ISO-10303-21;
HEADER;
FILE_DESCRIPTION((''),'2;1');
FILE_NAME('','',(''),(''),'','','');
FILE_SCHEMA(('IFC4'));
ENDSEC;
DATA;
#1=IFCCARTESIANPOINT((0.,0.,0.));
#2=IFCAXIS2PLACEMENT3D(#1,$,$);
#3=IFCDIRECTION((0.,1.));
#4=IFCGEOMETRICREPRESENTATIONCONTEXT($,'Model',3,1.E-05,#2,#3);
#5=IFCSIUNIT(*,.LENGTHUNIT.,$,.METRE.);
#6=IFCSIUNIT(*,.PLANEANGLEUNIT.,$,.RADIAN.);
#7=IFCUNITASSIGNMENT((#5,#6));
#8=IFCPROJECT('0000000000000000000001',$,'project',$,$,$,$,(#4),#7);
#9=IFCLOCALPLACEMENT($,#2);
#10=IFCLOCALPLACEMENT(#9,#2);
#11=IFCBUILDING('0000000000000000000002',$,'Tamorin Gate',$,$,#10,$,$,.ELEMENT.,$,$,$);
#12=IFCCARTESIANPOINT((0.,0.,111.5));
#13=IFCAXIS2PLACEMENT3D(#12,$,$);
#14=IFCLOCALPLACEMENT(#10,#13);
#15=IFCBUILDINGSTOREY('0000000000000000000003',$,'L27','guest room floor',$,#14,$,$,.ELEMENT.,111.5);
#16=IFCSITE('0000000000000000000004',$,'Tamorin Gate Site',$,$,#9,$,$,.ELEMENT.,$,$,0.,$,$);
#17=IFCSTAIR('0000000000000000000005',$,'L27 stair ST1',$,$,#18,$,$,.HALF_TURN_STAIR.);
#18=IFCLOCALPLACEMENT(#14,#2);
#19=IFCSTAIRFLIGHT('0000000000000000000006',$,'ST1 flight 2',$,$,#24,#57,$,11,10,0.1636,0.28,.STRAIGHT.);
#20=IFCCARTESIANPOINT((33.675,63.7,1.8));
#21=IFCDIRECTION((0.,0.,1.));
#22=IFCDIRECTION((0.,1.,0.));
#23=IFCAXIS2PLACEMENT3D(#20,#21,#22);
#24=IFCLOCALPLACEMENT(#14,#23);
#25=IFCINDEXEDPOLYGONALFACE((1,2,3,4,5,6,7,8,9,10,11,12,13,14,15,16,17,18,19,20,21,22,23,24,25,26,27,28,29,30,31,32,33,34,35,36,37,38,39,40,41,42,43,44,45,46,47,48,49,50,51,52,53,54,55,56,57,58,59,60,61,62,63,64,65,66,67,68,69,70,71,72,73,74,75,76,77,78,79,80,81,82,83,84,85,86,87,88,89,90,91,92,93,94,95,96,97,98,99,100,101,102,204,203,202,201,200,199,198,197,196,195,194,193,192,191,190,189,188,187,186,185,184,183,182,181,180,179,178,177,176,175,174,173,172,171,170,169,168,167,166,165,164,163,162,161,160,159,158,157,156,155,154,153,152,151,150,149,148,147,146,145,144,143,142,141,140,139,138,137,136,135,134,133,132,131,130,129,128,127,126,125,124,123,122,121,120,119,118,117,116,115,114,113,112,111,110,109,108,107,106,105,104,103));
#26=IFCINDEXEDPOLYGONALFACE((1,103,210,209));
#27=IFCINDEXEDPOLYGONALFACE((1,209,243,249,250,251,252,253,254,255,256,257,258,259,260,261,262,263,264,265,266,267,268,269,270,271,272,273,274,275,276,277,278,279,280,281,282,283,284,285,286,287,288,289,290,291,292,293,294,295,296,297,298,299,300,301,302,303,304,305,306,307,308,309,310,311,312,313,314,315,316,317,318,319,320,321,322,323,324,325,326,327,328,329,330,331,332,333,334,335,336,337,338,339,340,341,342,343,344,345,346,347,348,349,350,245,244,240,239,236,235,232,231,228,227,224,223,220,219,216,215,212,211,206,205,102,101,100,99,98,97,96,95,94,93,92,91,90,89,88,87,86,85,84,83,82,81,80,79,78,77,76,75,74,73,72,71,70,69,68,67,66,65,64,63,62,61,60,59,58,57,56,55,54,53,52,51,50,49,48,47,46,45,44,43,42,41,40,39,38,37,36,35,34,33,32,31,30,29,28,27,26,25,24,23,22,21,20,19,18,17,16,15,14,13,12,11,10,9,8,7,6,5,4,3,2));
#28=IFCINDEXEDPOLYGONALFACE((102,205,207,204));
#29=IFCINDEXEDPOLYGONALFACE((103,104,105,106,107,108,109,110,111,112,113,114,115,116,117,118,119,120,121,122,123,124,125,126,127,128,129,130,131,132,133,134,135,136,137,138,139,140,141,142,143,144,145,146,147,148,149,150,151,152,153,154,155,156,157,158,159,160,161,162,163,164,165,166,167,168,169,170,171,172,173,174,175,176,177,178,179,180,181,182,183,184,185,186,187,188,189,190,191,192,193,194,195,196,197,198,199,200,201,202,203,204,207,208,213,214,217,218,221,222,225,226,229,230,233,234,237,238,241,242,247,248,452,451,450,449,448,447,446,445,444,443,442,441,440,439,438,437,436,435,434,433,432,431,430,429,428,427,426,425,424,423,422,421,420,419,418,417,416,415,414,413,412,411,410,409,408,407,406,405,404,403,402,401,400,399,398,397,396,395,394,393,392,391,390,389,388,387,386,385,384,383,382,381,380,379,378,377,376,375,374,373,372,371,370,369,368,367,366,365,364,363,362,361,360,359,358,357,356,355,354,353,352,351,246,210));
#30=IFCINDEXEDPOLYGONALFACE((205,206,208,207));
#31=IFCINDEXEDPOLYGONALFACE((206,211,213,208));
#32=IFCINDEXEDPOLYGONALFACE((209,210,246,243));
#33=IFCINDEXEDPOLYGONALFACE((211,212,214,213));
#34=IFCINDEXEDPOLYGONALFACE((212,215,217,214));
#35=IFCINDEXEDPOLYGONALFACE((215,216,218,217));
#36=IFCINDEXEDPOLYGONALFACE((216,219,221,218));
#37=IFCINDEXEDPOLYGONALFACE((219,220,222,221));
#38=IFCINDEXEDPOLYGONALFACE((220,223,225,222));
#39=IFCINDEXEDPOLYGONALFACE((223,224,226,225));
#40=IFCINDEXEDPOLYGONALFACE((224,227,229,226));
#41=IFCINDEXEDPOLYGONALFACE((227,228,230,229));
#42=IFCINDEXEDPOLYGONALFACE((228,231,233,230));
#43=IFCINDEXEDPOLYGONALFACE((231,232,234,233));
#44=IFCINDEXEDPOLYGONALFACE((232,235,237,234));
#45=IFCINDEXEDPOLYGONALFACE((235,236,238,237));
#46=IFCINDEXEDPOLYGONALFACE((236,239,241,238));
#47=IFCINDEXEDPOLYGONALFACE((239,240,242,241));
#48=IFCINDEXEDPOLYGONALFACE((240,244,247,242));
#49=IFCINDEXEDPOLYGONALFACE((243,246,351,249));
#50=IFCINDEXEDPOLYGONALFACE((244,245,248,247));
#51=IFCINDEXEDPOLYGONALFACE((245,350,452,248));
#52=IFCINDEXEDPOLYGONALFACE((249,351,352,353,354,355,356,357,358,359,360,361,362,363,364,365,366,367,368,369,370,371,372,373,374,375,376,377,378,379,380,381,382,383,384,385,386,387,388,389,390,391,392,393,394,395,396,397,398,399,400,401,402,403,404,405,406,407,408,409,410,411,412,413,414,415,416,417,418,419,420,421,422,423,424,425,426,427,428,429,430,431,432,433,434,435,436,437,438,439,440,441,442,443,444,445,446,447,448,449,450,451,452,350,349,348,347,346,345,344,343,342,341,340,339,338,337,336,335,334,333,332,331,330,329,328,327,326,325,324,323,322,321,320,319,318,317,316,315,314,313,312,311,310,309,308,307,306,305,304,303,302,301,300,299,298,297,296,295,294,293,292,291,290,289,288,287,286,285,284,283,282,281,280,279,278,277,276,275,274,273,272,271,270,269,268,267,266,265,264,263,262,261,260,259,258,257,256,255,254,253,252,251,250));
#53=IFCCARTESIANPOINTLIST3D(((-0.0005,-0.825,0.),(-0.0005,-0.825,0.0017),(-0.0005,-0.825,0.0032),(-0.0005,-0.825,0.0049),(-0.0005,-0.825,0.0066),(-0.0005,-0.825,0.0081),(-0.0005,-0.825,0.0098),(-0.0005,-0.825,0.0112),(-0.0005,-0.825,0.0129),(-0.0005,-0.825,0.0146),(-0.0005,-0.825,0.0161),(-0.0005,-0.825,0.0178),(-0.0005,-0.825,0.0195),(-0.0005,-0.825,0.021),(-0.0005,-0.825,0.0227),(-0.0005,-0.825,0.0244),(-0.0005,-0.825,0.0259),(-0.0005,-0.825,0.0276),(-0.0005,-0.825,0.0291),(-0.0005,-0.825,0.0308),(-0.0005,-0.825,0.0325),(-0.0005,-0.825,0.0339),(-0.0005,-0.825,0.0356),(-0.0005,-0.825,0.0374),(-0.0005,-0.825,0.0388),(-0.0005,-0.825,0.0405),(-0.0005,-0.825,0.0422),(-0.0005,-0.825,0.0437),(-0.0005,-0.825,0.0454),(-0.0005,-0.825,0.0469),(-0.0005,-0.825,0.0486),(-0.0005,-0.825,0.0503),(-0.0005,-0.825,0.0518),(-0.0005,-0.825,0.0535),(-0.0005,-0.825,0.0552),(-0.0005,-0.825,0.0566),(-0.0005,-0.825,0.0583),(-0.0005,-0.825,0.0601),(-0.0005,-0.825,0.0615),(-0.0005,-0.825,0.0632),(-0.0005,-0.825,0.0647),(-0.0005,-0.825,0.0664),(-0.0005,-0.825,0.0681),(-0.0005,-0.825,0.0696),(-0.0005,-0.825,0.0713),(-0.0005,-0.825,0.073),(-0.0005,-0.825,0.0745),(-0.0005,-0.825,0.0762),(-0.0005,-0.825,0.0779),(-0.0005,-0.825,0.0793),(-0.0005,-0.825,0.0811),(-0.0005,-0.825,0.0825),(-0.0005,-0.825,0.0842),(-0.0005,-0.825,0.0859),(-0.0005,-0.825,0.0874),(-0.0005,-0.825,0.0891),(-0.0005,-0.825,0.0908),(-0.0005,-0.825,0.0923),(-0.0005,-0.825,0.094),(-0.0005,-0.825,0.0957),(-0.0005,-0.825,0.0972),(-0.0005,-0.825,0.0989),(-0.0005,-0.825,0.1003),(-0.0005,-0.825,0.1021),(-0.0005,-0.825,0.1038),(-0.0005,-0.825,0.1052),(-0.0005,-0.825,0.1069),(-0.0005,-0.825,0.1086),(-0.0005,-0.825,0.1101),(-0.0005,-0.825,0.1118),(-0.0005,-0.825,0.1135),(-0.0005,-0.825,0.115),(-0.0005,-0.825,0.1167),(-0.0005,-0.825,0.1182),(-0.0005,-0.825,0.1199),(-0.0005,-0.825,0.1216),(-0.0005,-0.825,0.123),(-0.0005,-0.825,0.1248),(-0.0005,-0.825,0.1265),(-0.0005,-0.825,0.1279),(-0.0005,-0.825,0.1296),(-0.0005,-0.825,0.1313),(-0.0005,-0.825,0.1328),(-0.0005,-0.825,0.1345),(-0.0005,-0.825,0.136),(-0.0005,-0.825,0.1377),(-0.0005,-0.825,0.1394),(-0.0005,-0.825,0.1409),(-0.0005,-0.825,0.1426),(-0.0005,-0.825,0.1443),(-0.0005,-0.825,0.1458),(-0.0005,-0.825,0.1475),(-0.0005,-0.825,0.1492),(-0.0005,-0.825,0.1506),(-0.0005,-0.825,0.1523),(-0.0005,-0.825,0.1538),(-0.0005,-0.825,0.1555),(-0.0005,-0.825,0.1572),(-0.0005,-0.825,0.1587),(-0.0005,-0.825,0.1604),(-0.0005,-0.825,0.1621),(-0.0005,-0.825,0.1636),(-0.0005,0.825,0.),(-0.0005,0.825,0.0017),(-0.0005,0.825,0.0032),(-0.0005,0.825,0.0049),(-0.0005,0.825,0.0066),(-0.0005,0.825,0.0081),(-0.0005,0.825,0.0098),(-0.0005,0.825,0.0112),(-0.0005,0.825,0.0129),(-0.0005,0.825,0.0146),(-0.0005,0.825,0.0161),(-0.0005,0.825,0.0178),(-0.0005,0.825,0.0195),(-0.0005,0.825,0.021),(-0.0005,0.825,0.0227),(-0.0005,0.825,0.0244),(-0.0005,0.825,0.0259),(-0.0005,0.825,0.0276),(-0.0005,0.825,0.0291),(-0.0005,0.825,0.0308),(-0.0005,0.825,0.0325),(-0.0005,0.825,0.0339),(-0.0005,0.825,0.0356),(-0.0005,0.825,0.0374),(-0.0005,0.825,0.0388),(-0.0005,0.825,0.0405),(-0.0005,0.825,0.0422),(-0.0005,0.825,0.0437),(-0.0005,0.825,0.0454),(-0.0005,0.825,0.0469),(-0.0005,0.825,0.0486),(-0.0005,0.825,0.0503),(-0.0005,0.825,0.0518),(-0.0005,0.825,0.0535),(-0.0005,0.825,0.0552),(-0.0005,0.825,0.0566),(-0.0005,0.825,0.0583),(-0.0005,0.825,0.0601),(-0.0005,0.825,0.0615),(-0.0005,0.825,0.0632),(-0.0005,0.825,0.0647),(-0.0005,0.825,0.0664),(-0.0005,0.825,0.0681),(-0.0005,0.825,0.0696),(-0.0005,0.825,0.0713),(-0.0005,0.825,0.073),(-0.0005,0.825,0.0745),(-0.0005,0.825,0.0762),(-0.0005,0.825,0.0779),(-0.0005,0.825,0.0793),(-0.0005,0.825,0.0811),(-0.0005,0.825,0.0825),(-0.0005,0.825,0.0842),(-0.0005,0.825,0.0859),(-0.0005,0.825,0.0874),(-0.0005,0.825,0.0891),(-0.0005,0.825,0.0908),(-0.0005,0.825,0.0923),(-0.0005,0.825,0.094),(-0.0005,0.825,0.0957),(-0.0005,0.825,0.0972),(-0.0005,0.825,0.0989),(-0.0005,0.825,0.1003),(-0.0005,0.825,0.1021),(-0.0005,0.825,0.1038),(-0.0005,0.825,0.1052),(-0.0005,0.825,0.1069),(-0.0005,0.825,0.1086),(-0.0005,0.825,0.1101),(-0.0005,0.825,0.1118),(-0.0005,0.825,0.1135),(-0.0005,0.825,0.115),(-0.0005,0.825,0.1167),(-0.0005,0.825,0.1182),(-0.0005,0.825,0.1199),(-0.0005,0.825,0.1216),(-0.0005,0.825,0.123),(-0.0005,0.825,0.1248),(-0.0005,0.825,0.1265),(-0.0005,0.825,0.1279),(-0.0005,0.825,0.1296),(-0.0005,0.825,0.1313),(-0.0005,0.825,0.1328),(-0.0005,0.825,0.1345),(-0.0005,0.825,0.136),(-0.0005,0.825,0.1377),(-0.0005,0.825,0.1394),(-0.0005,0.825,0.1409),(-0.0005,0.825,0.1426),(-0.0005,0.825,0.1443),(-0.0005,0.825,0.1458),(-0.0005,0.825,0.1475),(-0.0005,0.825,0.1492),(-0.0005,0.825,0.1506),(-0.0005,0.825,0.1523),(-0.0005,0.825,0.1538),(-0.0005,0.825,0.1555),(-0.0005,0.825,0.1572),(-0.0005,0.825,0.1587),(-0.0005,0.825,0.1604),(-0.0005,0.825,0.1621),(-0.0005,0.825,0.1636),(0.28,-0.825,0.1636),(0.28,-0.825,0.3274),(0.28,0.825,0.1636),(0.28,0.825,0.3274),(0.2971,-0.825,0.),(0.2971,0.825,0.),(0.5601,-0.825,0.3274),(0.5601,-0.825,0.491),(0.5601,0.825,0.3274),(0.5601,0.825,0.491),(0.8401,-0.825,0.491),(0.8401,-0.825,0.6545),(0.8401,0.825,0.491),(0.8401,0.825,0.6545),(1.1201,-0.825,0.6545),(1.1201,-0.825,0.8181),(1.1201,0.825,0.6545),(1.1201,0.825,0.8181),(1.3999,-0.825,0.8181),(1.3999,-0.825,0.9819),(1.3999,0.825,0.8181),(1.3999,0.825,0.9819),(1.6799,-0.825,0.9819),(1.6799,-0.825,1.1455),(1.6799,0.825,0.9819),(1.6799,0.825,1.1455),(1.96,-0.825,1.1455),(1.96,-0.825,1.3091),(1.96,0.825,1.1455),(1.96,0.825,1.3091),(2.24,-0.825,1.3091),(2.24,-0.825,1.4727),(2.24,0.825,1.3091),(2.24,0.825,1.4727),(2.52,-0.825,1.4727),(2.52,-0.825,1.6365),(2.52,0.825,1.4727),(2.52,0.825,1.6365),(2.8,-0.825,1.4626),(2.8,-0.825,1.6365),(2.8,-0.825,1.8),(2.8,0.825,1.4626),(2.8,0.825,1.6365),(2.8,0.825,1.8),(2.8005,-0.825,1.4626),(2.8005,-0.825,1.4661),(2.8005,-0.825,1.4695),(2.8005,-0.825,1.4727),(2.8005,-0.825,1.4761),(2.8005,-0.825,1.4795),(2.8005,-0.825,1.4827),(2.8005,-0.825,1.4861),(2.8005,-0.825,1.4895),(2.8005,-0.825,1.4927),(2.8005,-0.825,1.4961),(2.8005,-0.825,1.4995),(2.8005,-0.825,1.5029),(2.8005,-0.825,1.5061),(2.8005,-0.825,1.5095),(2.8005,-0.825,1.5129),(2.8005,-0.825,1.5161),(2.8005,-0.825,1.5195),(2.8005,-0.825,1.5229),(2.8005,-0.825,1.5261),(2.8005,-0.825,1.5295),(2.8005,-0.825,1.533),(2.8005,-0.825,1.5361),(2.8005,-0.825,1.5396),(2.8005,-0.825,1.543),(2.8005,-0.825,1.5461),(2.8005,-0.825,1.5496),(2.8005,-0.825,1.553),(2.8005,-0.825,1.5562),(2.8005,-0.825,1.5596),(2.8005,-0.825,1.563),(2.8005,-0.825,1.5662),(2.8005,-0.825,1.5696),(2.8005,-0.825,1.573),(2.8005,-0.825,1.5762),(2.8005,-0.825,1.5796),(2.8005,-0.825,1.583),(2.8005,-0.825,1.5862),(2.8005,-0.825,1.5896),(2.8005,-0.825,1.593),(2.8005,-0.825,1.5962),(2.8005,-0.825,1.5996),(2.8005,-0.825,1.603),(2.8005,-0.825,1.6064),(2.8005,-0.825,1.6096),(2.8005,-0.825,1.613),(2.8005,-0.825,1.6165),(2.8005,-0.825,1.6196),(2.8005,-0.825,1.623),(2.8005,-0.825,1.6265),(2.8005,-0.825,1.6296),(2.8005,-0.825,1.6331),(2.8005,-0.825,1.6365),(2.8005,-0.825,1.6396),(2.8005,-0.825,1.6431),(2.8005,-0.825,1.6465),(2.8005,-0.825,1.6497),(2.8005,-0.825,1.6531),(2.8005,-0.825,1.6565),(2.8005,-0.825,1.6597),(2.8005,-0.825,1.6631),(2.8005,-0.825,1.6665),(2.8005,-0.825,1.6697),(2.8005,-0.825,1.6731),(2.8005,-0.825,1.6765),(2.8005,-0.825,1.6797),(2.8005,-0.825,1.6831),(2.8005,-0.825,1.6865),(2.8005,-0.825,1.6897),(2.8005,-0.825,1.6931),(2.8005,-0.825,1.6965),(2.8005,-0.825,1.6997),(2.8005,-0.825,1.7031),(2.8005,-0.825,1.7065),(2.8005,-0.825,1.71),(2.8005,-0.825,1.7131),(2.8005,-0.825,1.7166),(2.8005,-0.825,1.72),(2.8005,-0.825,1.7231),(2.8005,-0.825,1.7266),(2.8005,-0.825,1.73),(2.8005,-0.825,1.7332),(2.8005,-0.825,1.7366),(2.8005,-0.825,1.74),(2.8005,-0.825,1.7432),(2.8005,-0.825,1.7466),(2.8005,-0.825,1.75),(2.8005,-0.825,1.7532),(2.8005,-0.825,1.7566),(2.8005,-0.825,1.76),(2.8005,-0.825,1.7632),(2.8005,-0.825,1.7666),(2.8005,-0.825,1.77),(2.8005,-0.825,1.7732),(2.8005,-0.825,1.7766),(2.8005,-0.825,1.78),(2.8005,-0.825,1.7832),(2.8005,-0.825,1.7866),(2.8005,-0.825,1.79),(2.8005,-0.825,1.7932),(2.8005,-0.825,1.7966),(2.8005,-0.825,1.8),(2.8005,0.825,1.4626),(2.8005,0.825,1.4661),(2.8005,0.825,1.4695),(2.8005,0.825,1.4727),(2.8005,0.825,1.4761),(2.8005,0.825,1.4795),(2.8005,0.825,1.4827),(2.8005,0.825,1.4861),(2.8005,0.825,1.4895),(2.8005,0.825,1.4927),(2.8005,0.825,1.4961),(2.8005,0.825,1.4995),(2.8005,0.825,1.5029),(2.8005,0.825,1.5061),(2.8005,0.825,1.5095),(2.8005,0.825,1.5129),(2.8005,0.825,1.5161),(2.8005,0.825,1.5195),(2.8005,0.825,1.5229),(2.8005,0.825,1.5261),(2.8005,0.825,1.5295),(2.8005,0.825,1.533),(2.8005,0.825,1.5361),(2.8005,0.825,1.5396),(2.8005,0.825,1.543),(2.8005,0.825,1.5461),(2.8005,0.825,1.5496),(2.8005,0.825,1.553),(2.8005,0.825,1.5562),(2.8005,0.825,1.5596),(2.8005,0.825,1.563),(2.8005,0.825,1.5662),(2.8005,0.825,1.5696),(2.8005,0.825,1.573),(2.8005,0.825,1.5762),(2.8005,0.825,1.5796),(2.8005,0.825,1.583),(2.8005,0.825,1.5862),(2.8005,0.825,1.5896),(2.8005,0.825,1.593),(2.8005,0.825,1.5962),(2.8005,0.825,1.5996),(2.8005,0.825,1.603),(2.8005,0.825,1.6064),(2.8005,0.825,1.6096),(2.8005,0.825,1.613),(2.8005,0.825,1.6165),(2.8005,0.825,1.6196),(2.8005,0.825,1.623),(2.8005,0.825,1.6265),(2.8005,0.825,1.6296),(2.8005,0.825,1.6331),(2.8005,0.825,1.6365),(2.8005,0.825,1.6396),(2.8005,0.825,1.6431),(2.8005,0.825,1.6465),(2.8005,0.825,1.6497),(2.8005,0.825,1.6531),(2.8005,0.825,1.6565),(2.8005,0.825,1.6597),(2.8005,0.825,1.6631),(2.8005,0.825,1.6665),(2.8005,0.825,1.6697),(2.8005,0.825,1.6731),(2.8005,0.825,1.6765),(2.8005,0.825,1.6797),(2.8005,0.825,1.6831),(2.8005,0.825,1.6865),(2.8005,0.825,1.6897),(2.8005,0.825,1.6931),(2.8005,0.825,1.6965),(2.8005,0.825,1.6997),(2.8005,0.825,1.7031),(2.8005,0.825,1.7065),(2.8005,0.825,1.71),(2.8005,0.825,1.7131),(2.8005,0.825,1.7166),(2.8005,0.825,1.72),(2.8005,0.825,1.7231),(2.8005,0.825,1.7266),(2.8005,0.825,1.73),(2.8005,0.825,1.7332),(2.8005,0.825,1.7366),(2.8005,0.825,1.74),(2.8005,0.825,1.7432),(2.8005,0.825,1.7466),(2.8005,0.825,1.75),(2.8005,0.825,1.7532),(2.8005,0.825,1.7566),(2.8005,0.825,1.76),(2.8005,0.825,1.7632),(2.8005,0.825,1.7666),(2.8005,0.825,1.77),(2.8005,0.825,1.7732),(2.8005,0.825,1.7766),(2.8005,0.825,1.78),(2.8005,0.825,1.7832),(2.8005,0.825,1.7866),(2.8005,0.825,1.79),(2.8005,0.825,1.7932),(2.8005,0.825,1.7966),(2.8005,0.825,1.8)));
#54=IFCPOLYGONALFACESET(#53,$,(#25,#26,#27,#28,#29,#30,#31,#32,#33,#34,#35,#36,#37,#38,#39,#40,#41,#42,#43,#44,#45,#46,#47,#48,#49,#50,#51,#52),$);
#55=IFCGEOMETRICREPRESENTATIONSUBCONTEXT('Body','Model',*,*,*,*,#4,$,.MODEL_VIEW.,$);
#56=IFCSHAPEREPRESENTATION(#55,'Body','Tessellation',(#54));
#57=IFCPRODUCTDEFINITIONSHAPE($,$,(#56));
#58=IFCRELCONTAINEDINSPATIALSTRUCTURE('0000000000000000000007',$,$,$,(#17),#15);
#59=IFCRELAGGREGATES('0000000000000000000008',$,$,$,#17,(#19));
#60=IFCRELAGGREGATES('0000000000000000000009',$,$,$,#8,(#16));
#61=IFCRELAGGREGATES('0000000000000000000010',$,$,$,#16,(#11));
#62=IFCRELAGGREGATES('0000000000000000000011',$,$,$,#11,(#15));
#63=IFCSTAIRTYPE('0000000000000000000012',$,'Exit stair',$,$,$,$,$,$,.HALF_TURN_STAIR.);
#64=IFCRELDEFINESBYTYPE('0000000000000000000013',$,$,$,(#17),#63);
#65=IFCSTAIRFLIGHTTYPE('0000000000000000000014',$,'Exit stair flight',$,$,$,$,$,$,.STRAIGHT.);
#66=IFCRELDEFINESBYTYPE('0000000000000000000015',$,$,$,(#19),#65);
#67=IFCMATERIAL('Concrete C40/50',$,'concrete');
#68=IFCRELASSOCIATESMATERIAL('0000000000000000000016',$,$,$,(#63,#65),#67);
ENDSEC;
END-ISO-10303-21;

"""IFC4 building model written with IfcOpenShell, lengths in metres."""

from ifc_helpers import new_model, si_unit, direction, frame, origin, place, context, subcontext, project, spatial, polyline, outline, extrude, material, type_object, element, aggregate, save


model = new_model("IFC4")

# Units and contexts
model_context = context("Model", 3, precision=1e-05, world=origin(), true_north=direction((0.0, 1.0)))
body_context = subcontext(model_context, "Body", "Model", "MODEL_VIEW")
ifc_project = project(units=[si_unit("LENGTHUNIT", "METRE"), si_unit("PLANEANGLEUNIT", "RADIAN")], contexts=[model_context])

# Site, building, storey
site_placement = place(None, origin())
site = spatial("IfcSite", under=ifc_project, at=site_placement, Name="Tamorin Gate Site", CompositionType="ELEMENT", RefElevation=0.0)
building_placement = place(site_placement, origin())
building = spatial("IfcBuilding", under=site, at=building_placement, Name="Tamorin Gate", CompositionType="ELEMENT")
storey_placement = place(building_placement, frame((0.0, 0.0, 111.5)))
storey = spatial("IfcBuildingStorey", under=building, at=storey_placement, Name="L27", Description="guest room floor", CompositionType="ELEMENT", Elevation=111.5)

# Shared definitions
ifc_material_1 = material(Name="Concrete C40/50", Category="concrete")

# Stair, stair flight
stair_type = type_object("IfcStairType", Name="Exit stair", PredefinedType="HALF_TURN_STAIR", material=ifc_material_1)
stair_placement = place(storey_placement, origin())
stair = element("IfcStair", 1, at=stair_placement, inside=storey, type_object=stair_type, Name="L27 stair ST1", PredefinedType="HALF_TURN_STAIR")
stair_flight_type = type_object("IfcStairFlightType", Name="Exit stair flight", PredefinedType="STRAIGHT", material=ifc_material_1)
stair_flight_1_placement = place(storey_placement, frame((33.675, 63.7, 1.8), z_axis=(0.0, 0.0, 1.0), x_axis=(0.0, 1.0, 0.0)))
stair_flight_1 = element("IfcStairFlight", 2, at=stair_flight_1_placement, type_object=stair_flight_type, Name="ST1 flight 2", NumberOfRisers=11, NumberOfTreads=10, PredefinedType="STRAIGHT", RiserHeight=0.1636, TreadLength=0.28, context=body_context, shape_type="SweptSolid", body=[
    extrude(outline(polyline([(-0.0005, 0.0), (-0.0005, 0.0017), (-0.0005, 0.0032), (-0.0005, 0.0049), (-0.0005, 0.0066), (-0.0005, 0.0081), (-0.0005, 0.0098), (-0.0005, 0.0112), (-0.0005, 0.0129), (-0.0005, 0.0146), (-0.0005, 0.0161), (-0.0005, 0.0178), (-0.0005, 0.0195), (-0.0005, 0.021), (-0.0005, 0.0227), (-0.0005, 0.0244), (-0.0005, 0.0259), (-0.0005, 0.0276), (-0.0005, 0.0291), (-0.0005, 0.0308), (-0.0005, 0.0325), (-0.0005, 0.0339), (-0.0005, 0.0356), (-0.0005, 0.0374), (-0.0005, 0.0388), (-0.0005, 0.0405), (-0.0005, 0.0422), (-0.0005, 0.0437), (-0.0005, 0.0454), (-0.0005, 0.0469), (-0.0005, 0.0486), (-0.0005, 0.0503), (-0.0005, 0.0518), (-0.0005, 0.0535), (-0.0005, 0.0552), (-0.0005, 0.0566), (-0.0005, 0.0583), (-0.0005, 0.0601), (-0.0005, 0.0615), (-0.0005, 0.0632), (-0.0005, 0.0647), (-0.0005, 0.0664), (-0.0005, 0.0681), (-0.0005, 0.0696), (-0.0005, 0.0713), (-0.0005, 0.073), (-0.0005, 0.0745), (-0.0005, 0.0762), (-0.0005, 0.0779), (-0.0005, 0.0793), (-0.0005, 0.0811), (-0.0005, 0.0825), (-0.0005, 0.0842), (-0.0005, 0.0859), (-0.0005, 0.0874), (-0.0005, 0.0891), (-0.0005, 0.0908), (-0.0005, 0.0923), (-0.0005, 0.094), (-0.0005, 0.0957), (-0.0005, 0.0972), (-0.0005, 0.0989), (-0.0005, 0.1003), (-0.0005, 0.1021), (-0.0005, 0.1038), (-0.0005, 0.1052), (-0.0005, 0.1069), (-0.0005, 0.1086), (-0.0005, 0.1101), (-0.0005, 0.1118), (-0.0005, 0.1135), (-0.0005, 0.115), (-0.0005, 0.1167), (-0.0005, 0.1182), (-0.0005, 0.1199), (-0.0005, 0.1216), (-0.0005, 0.123), (-0.0005, 0.1248), (-0.0005, 0.1265), (-0.0005, 0.1279), (-0.0005, 0.1296), (-0.0005, 0.1313), (-0.0005, 0.1328), (-0.0005, 0.1345), (-0.0005, 0.136), (-0.0005, 0.1377), (-0.0005, 0.1394), (-0.0005, 0.1409), (-0.0005, 0.1426), (-0.0005, 0.1443), (-0.0005, 0.1458), (-0.0005, 0.1475), (-0.0005, 0.1492), (-0.0005, 0.1506), (-0.0005, 0.1523), (-0.0005, 0.1538), (-0.0005, 0.1555), (-0.0005, 0.1572), (-0.0005, 0.1587), (-0.0005, 0.1604), (-0.0005, 0.1621), (-0.0005, 0.1636), (0.28, 0.1636), (0.28, 0.3274), (0.5601, 0.3274), (0.5601, 0.491), (0.8401, 0.491), (0.8401, 0.6545), (1.1201, 0.6545), (1.1201, 0.8181), (1.3999, 0.8181), (1.3999, 0.9819), (1.6799, 0.9819), (1.6799, 1.1455), (1.96, 1.1455), (1.96, 1.3091), (2.24, 1.3091), (2.24, 1.4727), (2.52, 1.4727), (2.52, 1.6365), (2.8, 1.6365), (2.8, 1.8), (2.8005, 1.8), (2.8005, 1.7966), (2.8005, 1.7932), (2.8005, 1.79), (2.8005, 1.7866), (2.8005, 1.7832), (2.8005, 1.78), (2.8005, 1.7766), (2.8005, 1.7732), (2.8005, 1.77), (2.8005, 1.7666), (2.8005, 1.7632), (2.8005, 1.76), (2.8005, 1.7566), (2.8005, 1.7532), (2.8005, 1.75), (2.8005, 1.7466), (2.8005, 1.7432), (2.8005, 1.74), (2.8005, 1.7366), (2.8005, 1.7332), (2.8005, 1.73), (2.8005, 1.7266), (2.8005, 1.7231), (2.8005, 1.72), (2.8005, 1.7166), (2.8005, 1.7131), (2.8005, 1.71), (2.8005, 1.7065), (2.8005, 1.7031), (2.8005, 1.6997), (2.8005, 1.6965), (2.8005, 1.6931), (2.8005, 1.6897), (2.8005, 1.6865), (2.8005, 1.6831), (2.8005, 1.6797), (2.8005, 1.6765), (2.8005, 1.6731), (2.8005, 1.6697), (2.8005, 1.6665), (2.8005, 1.6631), (2.8005, 1.6597), (2.8005, 1.6565), (2.8005, 1.6531), (2.8005, 1.6497), (2.8005, 1.6465), (2.8005, 1.6431), (2.8005, 1.6396), (2.8005, 1.6365), (2.8005, 1.6331), (2.8005, 1.6296), (2.8005, 1.6265), (2.8005, 1.623), (2.8005, 1.6196), (2.8005, 1.6165), (2.8005, 1.613), (2.8005, 1.6096), (2.8005, 1.6064), (2.8005, 1.603), (2.8005, 1.5996), (2.8005, 1.5962), (2.8005, 1.593), (2.8005, 1.5896), (2.8005, 1.5862), (2.8005, 1.583), (2.8005, 1.5796), (2.8005, 1.5762), (2.8005, 1.573), (2.8005, 1.5696), (2.8005, 1.5662), (2.8005, 1.563), (2.8005, 1.5596), (2.8005, 1.5562), (2.8005, 1.553), (2.8005, 1.5496), (2.8005, 1.5461), (2.8005, 1.543), (2.8005, 1.5396), (2.8005, 1.5361), (2.8005, 1.533), (2.8005, 1.5295), (2.8005, 1.5261), (2.8005, 1.5229), (2.8005, 1.5195), (2.8005, 1.5161), (2.8005, 1.5129), (2.8005, 1.5095), (2.8005, 1.5061), (2.8005, 1.5029), (2.8005, 1.4995), (2.8005, 1.4961), (2.8005, 1.4927), (2.8005, 1.4895), (2.8005, 1.4861), (2.8005, 1.4827), (2.8005, 1.4795), (2.8005, 1.4761), (2.8005, 1.4727), (2.8005, 1.4695), (2.8005, 1.4661), (2.8005, 1.4626), (2.8, 1.4626), (0.2971, 0.0), (-0.0005, 0.0)])), frame((0.0, 0.825, 0.0), z_axis=(0.0, -1.0, 0.0), x_axis=(1.0, 0.0, 0.0)), (0.0, 0.0, 1.0), 1.6499),
])
aggregate(stair, [stair_flight_1])

save(model, "model.ifc")
